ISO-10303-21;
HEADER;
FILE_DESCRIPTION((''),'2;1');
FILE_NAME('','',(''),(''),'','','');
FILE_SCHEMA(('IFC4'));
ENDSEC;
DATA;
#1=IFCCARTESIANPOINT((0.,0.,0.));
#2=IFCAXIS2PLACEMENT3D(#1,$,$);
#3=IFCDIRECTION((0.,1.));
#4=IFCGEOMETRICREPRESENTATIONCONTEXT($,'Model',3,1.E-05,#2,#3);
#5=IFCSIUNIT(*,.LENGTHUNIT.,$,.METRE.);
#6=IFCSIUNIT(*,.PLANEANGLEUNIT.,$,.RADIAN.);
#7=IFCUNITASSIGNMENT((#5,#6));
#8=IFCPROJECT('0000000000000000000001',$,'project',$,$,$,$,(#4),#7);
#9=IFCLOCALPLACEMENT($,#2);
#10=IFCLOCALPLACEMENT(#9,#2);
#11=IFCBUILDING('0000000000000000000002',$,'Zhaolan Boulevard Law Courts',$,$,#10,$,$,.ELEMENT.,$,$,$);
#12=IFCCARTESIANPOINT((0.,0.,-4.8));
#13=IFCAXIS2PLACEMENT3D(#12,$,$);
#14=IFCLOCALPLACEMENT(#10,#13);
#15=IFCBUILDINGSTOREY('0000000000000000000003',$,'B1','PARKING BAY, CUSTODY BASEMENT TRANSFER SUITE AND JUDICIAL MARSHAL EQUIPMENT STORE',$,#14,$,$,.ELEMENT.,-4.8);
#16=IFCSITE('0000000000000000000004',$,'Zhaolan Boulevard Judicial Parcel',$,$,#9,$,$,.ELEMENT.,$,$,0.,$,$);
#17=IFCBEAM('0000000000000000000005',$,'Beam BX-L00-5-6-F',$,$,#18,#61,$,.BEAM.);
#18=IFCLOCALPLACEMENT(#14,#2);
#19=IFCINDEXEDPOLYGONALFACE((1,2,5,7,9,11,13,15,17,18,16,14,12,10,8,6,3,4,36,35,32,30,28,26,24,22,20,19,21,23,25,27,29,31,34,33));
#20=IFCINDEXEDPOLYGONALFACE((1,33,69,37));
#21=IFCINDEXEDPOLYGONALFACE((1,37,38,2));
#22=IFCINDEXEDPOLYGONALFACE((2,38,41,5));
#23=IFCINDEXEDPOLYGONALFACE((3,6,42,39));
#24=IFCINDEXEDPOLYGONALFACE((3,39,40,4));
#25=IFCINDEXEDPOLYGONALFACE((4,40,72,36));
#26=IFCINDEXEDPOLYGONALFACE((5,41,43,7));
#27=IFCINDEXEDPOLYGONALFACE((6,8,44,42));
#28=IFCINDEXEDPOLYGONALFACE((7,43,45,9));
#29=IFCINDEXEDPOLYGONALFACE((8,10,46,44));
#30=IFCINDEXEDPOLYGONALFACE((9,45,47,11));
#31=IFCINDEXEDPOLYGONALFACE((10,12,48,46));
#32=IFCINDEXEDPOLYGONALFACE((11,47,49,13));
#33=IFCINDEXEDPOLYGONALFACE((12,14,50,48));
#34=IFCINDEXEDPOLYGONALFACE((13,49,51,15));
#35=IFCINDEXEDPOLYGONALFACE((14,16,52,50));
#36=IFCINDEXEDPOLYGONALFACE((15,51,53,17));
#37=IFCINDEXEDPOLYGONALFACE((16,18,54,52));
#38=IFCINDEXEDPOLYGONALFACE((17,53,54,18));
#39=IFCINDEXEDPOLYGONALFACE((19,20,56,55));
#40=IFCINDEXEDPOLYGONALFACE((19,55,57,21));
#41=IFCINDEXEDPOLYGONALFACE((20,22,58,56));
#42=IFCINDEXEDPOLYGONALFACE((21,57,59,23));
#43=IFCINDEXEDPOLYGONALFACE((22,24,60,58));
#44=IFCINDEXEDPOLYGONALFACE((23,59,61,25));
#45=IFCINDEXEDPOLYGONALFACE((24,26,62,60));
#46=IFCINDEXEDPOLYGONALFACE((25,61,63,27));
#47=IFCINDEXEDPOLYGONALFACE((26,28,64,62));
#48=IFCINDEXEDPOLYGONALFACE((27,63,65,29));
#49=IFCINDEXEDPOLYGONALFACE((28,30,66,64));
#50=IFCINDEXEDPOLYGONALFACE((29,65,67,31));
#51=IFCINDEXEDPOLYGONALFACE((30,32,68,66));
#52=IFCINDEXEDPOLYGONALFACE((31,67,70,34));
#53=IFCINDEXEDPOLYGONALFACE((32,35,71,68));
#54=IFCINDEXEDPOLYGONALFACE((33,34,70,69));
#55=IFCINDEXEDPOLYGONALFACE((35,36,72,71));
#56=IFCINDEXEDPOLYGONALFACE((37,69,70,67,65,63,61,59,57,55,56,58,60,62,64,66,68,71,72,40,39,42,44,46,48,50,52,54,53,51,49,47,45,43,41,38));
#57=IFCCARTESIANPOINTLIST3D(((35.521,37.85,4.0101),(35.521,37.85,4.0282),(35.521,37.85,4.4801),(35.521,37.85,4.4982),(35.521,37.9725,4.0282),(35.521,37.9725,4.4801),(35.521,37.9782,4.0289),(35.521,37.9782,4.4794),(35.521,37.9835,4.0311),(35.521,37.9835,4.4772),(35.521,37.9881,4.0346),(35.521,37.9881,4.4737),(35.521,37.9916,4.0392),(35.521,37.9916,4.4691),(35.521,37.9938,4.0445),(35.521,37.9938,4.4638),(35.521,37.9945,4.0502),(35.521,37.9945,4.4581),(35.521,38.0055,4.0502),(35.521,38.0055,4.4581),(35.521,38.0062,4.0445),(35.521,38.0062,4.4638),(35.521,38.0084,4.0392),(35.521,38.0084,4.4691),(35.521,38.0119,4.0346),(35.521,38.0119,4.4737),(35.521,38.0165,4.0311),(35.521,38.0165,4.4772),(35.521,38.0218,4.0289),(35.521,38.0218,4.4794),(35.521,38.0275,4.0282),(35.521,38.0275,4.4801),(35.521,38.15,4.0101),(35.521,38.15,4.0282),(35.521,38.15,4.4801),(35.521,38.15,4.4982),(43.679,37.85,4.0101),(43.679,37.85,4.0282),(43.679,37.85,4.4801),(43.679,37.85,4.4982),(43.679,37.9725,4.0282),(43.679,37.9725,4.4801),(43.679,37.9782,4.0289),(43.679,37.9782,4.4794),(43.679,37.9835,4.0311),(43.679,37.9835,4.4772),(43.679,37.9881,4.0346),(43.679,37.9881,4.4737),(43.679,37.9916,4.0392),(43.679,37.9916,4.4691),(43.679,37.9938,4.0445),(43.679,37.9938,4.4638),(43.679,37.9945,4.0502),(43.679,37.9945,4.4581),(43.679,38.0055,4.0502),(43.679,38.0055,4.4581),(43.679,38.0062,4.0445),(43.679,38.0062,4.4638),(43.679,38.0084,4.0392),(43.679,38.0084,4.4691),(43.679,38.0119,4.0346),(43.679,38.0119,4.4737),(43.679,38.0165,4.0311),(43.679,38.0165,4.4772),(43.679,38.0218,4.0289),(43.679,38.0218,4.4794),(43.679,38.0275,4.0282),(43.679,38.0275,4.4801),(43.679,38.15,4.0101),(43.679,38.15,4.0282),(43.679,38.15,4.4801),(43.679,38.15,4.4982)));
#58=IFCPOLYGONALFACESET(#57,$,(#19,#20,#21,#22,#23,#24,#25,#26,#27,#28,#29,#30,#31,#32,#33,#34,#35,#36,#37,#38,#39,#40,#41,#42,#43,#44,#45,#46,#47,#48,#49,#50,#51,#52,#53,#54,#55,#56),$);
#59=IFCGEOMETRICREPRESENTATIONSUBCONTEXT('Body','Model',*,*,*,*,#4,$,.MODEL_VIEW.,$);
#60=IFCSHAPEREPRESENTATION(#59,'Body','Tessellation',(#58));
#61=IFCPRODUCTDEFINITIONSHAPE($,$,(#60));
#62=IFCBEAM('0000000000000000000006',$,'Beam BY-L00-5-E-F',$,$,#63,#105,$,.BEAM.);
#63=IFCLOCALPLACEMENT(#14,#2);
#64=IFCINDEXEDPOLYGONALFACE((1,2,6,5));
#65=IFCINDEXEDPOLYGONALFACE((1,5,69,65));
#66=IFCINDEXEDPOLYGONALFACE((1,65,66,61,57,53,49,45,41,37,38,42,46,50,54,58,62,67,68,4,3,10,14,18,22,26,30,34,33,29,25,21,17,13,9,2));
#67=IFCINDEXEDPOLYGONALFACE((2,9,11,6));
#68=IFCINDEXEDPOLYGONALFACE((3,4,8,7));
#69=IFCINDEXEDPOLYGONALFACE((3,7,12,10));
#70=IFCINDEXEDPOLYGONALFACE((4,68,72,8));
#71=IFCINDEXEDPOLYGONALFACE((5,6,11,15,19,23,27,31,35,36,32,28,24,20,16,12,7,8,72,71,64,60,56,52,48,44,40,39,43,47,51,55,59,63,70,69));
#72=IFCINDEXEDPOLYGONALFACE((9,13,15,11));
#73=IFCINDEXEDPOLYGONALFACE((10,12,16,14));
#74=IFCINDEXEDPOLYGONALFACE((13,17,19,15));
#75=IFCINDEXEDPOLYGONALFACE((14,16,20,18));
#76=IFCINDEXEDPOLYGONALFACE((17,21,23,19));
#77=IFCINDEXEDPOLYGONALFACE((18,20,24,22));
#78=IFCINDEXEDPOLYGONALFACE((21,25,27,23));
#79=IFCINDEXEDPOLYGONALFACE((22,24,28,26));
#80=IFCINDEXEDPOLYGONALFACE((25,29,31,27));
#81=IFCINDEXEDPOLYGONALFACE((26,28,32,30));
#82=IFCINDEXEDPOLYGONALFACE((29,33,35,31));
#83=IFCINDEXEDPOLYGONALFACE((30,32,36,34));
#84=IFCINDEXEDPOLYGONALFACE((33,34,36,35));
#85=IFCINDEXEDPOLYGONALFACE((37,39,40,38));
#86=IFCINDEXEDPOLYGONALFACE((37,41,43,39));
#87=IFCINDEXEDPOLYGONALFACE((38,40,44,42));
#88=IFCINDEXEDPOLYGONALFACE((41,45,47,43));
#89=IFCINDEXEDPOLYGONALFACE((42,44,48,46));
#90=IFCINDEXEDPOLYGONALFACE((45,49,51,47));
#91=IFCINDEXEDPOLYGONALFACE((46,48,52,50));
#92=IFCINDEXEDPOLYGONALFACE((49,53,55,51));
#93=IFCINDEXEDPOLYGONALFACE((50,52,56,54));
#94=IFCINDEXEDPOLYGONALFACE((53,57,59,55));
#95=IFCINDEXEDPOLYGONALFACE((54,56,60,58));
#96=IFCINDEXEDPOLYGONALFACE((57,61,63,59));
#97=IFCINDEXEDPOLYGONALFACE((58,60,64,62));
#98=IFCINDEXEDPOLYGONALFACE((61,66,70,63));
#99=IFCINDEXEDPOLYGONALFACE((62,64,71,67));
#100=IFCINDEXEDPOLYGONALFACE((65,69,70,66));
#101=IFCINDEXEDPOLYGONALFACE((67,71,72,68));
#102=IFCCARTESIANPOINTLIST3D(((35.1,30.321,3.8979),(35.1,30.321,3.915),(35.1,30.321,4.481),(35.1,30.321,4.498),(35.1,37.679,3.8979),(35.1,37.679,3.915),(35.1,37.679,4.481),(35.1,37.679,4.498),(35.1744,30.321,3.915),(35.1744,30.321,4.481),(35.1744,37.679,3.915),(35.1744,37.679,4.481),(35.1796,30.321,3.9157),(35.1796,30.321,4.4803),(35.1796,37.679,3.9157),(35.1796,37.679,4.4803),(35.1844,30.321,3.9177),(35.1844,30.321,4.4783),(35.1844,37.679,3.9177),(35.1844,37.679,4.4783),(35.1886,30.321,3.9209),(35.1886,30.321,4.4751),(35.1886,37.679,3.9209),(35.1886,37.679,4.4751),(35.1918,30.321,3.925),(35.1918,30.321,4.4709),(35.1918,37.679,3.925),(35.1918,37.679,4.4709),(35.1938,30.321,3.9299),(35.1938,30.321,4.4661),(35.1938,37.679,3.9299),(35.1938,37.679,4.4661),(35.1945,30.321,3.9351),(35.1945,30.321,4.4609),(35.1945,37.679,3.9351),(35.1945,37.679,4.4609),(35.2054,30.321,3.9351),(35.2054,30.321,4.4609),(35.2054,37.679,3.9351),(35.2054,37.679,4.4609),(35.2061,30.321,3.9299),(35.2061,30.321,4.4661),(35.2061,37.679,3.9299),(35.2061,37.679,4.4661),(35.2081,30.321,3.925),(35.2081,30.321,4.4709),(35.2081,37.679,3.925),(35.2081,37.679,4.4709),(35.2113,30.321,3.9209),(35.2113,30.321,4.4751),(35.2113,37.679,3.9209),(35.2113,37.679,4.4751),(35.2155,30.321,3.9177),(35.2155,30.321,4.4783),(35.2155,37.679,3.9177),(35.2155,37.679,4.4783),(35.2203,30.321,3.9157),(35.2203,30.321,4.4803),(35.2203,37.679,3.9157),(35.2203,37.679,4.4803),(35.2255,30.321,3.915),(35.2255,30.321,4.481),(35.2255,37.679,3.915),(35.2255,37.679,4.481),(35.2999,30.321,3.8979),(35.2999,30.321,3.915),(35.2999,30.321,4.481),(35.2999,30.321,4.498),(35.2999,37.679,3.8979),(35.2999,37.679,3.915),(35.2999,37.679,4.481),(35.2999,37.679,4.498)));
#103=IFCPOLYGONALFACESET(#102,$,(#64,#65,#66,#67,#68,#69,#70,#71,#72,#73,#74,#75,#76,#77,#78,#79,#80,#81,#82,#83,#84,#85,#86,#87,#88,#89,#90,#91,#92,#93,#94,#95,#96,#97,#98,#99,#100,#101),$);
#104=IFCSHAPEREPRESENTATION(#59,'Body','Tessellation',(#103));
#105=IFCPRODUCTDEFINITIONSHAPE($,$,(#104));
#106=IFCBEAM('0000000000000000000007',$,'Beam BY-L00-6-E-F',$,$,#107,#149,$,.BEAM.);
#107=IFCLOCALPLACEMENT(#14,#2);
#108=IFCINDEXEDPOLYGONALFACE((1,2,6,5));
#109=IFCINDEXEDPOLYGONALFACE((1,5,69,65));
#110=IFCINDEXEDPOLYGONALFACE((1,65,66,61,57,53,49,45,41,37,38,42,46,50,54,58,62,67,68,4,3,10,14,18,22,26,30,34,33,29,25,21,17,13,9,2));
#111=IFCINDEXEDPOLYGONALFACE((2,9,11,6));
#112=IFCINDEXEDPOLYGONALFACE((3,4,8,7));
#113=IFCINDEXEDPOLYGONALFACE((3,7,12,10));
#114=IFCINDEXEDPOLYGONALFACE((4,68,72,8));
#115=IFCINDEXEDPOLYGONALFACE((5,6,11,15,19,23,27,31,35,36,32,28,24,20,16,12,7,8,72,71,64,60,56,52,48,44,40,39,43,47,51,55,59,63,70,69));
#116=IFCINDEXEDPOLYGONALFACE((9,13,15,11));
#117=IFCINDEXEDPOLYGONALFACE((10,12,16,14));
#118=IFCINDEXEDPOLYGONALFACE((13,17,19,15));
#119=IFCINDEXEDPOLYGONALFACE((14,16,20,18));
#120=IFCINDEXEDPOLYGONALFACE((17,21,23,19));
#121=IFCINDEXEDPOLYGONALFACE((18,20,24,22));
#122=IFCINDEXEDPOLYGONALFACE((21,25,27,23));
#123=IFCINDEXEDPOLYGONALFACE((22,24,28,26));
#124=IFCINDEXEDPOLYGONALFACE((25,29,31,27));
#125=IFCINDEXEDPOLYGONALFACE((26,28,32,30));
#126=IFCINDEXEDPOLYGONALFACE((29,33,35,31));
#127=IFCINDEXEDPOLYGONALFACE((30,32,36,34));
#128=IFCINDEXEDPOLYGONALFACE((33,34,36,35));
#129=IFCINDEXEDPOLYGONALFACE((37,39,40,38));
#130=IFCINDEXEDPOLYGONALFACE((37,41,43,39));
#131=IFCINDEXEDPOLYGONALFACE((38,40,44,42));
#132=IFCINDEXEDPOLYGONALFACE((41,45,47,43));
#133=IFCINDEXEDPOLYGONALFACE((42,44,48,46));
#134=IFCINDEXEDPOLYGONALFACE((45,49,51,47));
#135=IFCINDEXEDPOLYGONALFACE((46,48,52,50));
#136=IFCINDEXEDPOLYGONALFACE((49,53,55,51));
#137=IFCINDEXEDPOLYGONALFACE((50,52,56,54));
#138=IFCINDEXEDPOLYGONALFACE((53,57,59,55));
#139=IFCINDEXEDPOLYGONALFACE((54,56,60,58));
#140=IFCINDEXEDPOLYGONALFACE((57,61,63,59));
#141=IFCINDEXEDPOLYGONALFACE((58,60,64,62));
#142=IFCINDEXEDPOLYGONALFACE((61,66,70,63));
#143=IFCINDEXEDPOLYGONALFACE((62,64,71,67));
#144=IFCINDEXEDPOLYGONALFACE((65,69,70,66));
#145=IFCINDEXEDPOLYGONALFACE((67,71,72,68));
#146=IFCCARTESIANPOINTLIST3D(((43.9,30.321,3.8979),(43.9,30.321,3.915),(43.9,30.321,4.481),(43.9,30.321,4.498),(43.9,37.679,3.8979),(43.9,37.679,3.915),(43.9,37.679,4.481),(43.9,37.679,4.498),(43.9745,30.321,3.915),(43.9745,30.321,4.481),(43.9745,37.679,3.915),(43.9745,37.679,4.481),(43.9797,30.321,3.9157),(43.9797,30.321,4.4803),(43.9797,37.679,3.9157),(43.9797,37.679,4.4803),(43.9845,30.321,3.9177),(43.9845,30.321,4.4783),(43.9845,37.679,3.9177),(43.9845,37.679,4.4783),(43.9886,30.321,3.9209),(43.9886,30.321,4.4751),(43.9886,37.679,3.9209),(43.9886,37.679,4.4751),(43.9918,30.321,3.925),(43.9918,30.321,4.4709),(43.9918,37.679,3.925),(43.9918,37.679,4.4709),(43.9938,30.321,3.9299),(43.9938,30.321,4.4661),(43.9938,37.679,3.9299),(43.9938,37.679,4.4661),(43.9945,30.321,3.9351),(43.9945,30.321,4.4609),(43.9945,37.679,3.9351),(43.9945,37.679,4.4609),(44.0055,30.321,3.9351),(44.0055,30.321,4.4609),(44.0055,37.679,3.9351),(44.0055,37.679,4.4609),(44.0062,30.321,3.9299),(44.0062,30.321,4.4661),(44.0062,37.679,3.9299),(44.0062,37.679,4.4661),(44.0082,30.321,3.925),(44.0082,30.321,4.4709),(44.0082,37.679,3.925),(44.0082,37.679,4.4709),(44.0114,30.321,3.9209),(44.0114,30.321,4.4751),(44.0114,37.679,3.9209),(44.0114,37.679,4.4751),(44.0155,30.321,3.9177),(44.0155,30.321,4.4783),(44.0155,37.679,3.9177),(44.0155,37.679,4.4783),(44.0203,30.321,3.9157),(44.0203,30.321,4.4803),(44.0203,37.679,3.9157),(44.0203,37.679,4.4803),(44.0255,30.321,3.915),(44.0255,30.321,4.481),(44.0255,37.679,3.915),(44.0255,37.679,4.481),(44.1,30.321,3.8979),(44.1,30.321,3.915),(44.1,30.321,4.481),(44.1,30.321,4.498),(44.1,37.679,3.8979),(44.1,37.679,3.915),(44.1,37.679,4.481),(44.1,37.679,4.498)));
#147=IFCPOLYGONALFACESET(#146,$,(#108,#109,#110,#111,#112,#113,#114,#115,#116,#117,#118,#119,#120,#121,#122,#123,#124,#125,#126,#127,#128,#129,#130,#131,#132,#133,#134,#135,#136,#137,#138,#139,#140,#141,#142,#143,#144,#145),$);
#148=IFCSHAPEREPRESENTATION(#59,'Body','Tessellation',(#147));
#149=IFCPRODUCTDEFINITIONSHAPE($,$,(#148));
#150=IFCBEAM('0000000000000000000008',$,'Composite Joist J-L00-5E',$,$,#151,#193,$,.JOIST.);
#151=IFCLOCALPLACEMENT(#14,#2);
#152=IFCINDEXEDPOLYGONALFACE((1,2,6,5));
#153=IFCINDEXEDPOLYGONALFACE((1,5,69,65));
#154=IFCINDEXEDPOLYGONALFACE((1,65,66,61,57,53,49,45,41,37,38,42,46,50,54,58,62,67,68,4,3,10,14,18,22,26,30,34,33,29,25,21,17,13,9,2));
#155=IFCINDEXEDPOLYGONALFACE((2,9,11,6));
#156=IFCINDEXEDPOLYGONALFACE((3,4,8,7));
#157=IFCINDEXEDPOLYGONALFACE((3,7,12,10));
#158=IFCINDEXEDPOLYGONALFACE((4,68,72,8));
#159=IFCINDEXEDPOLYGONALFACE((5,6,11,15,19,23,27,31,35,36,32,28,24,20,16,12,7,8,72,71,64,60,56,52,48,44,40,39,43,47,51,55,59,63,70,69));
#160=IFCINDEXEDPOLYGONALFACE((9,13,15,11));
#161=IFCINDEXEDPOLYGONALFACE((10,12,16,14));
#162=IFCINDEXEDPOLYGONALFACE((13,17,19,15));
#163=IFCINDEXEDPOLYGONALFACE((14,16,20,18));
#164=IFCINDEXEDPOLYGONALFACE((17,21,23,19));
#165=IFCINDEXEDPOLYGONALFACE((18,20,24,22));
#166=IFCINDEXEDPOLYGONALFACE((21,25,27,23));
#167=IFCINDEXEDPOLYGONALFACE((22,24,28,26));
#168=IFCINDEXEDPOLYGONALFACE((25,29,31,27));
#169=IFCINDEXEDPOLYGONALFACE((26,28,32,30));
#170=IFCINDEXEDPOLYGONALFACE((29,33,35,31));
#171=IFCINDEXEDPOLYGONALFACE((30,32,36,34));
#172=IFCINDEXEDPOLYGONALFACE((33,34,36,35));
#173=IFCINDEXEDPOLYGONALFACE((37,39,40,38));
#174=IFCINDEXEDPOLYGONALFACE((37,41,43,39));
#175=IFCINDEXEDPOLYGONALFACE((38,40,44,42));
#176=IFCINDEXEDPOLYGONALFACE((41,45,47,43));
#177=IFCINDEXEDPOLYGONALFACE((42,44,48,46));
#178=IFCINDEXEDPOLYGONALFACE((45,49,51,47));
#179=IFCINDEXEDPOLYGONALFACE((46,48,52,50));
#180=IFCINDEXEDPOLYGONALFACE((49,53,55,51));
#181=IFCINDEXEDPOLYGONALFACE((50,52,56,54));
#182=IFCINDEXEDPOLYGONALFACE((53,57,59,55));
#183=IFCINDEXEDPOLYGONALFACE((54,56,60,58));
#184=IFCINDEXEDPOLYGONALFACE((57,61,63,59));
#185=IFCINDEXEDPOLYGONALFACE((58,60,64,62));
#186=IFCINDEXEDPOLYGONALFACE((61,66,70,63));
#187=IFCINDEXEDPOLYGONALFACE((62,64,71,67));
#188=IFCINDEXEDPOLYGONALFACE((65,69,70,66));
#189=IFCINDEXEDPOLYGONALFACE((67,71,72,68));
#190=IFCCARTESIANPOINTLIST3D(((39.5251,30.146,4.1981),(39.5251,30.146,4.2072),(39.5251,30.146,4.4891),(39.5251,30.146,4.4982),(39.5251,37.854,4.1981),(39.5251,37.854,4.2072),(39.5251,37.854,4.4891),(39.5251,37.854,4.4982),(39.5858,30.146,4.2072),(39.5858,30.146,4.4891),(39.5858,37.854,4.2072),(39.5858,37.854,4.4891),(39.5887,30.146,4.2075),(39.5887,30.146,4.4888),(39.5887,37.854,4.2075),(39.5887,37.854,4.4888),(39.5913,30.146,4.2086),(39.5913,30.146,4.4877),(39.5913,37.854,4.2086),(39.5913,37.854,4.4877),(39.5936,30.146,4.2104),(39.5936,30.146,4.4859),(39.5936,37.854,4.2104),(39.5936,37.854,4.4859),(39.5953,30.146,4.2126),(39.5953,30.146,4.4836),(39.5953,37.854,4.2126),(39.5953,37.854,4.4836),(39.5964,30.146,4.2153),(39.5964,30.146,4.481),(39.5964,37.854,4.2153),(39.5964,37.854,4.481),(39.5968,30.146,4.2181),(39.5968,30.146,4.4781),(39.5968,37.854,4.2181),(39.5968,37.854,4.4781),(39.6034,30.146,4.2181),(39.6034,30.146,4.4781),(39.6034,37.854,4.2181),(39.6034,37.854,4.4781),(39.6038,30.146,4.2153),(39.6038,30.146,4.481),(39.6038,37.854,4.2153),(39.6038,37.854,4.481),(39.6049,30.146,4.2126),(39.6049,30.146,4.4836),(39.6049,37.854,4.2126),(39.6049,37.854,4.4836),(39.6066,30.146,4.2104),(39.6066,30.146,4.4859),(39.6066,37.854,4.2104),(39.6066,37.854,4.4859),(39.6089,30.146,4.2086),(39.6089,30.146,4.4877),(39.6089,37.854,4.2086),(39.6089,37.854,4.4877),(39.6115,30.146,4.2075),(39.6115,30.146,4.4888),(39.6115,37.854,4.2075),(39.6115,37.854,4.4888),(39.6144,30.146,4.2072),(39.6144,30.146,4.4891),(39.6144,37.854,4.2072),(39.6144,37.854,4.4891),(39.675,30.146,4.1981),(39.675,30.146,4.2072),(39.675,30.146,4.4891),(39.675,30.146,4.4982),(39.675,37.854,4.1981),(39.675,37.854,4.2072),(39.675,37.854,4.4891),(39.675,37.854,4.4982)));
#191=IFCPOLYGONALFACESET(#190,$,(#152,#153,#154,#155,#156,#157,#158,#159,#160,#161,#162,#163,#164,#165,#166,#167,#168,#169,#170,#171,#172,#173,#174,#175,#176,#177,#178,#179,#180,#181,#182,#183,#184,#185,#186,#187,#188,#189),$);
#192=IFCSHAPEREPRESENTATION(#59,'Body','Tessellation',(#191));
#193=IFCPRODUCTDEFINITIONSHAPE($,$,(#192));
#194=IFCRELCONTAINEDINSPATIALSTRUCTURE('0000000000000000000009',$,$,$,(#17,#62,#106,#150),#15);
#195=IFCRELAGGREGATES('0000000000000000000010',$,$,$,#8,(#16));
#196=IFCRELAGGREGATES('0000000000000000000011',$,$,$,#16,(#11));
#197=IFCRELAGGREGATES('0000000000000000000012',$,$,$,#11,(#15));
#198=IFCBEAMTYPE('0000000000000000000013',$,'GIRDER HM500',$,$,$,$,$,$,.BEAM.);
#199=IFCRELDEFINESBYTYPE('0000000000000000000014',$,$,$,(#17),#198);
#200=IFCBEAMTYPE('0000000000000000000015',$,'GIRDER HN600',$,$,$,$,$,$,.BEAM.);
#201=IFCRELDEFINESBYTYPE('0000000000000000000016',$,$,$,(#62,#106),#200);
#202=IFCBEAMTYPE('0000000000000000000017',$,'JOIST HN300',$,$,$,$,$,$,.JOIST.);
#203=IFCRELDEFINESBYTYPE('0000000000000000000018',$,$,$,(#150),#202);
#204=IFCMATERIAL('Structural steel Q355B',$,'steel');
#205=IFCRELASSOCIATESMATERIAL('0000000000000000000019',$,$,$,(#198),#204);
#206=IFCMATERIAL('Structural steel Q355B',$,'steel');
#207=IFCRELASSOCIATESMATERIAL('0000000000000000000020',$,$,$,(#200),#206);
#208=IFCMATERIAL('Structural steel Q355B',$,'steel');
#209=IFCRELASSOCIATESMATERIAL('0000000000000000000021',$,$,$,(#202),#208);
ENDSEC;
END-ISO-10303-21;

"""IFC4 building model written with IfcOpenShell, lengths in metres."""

from ifc_helpers import new_model, si_unit, direction, frame, origin, origin_2d, place, context, subcontext, project, spatial, i_section, extrude, material, material_profile, profile_set, type_object, element, save


model = new_model("IFC4")

# Units and contexts
model_context = context("Model", 3, precision=1e-05, world=origin(), true_north=direction((0.0, 1.0)))
body_context = subcontext(model_context, "Body", "Model", "MODEL_VIEW")
ifc_project = project(units=[si_unit("LENGTHUNIT", "METRE"), si_unit("PLANEANGLEUNIT", "RADIAN")], contexts=[model_context])

# Site, building, storey
site_placement = place(None, origin())
site = spatial("IfcSite", under=ifc_project, at=site_placement, Name="Zhaolan Boulevard Judicial Parcel", CompositionType="ELEMENT", RefElevation=0.0)
building_placement = place(site_placement, origin())
building = spatial("IfcBuilding", under=site, at=building_placement, Name="Zhaolan Boulevard Law Courts", CompositionType="ELEMENT")
storey_placement = place(building_placement, frame((0.0, 0.0, -4.8)))
storey = spatial("IfcBuildingStorey", under=building, at=storey_placement, Name="B1", Description="PARKING BAY, CUSTODY BASEMENT TRANSFER SUITE AND JUDICIAL MARSHAL EQUIPMENT STORE", CompositionType="ELEMENT", Elevation=-4.8)

# Beams
ifc_material_1 = material(Name="Structural steel Q355B", Category="steel")
ifc_material_profile_1 = material_profile(ifc_material_1, i_section(OverallWidth=0.3, OverallDepth=0.488, WebThickness=0.011, FlangeThickness=0.0181, FilletRadius=0.022, at=origin_2d()), Name="HM488x300")
ifc_profile_set_1 = profile_set([ifc_material_profile_1], Name="Structural steel Q355B")
beam_type_1 = type_object("IfcBeamType", Name="GIRDER HM500", PredefinedType="BEAM", material=ifc_profile_set_1)
beam_1_placement = place(storey_placement, frame((35.521, 38.0, 4.2542), z_axis=(1.0, 0.0, 0.0), x_axis=(0.0, 1.0, 0.0)))
element("IfcBeam", 1, at=beam_1_placement, inside=storey, type_object=beam_type_1, Name="Beam BX-L00-5-6-F", PredefinedType="BEAM", context=body_context, shape_type="SweptSolid", body=[
    extrude(i_section(OverallWidth=0.3, OverallDepth=0.488, WebThickness=0.011, FlangeThickness=0.0181, FilletRadius=0.022, at=origin_2d()), origin(), (0.0, 0.0, 1.0), 8.158),
])
ifc_material_2 = material(Name="Structural steel Q355B", Category="steel")
ifc_material_profile_2 = material_profile(ifc_material_2, i_section(OverallWidth=0.2, OverallDepth=0.6001, WebThickness=0.011, FlangeThickness=0.0171, FilletRadius=0.02, at=origin_2d()), Name="HN600x200")
ifc_profile_set_2 = profile_set([ifc_material_profile_2], Name="Structural steel Q355B")
beam_type_2 = type_object("IfcBeamType", Name="GIRDER HN600", PredefinedType="BEAM", material=ifc_profile_set_2)
for number, where, z_axis, x_axis, name in (
    (2, (35.2, 30.321, 4.198), (0.0, 1.0, 0.0), (-1.0, 0.0, 0.0), "Beam BY-L00-5-E-F"),
    (3, (44.0, 30.321, 4.198), (0.0, 1.0, 0.0), (-1.0, 0.0, 0.0), "Beam BY-L00-6-E-F"),
):
    element("IfcBeam", number, at=place(storey_placement, frame(where, z_axis=z_axis, x_axis=x_axis)), inside=storey, type_object=beam_type_2, Name=name, PredefinedType="BEAM", context=body_context, shape_type="SweptSolid", body=[
        extrude(i_section(OverallWidth=0.2, OverallDepth=0.6001, WebThickness=0.011, FlangeThickness=0.0171, FilletRadius=0.02, at=origin_2d()), origin(), (0.0, 0.0, 1.0), 7.3579),
    ])
ifc_material_3 = material(Name="Structural steel Q355B", Category="steel")
ifc_material_profile_3 = material_profile(ifc_material_3, i_section(OverallWidth=0.1499, OverallDepth=0.3, WebThickness=0.0066, FlangeThickness=0.009, FilletRadius=0.011, at=origin_2d()), Name="HN300x150")
ifc_profile_set_3 = profile_set([ifc_material_profile_3], Name="Structural steel Q355B")
beam_type_3 = type_object("IfcBeamType", Name="JOIST HN300", PredefinedType="JOIST", material=ifc_profile_set_3)
beam_2_placement = place(storey_placement, frame((39.6001, 30.146, 4.3481), z_axis=(0.0, 1.0, 0.0), x_axis=(-1.0, 0.0, 0.0)))
element("IfcBeam", 4, at=beam_2_placement, inside=storey, type_object=beam_type_3, Name="Composite Joist J-L00-5E", PredefinedType="JOIST", context=body_context, shape_type="SweptSolid", body=[
    extrude(i_section(OverallWidth=0.1499, OverallDepth=0.3, WebThickness=0.0066, FlangeThickness=0.009, FilletRadius=0.011, at=origin_2d()), origin(), (0.0, 0.0, 1.0), 7.708),
])

save(model, "model.ifc")
